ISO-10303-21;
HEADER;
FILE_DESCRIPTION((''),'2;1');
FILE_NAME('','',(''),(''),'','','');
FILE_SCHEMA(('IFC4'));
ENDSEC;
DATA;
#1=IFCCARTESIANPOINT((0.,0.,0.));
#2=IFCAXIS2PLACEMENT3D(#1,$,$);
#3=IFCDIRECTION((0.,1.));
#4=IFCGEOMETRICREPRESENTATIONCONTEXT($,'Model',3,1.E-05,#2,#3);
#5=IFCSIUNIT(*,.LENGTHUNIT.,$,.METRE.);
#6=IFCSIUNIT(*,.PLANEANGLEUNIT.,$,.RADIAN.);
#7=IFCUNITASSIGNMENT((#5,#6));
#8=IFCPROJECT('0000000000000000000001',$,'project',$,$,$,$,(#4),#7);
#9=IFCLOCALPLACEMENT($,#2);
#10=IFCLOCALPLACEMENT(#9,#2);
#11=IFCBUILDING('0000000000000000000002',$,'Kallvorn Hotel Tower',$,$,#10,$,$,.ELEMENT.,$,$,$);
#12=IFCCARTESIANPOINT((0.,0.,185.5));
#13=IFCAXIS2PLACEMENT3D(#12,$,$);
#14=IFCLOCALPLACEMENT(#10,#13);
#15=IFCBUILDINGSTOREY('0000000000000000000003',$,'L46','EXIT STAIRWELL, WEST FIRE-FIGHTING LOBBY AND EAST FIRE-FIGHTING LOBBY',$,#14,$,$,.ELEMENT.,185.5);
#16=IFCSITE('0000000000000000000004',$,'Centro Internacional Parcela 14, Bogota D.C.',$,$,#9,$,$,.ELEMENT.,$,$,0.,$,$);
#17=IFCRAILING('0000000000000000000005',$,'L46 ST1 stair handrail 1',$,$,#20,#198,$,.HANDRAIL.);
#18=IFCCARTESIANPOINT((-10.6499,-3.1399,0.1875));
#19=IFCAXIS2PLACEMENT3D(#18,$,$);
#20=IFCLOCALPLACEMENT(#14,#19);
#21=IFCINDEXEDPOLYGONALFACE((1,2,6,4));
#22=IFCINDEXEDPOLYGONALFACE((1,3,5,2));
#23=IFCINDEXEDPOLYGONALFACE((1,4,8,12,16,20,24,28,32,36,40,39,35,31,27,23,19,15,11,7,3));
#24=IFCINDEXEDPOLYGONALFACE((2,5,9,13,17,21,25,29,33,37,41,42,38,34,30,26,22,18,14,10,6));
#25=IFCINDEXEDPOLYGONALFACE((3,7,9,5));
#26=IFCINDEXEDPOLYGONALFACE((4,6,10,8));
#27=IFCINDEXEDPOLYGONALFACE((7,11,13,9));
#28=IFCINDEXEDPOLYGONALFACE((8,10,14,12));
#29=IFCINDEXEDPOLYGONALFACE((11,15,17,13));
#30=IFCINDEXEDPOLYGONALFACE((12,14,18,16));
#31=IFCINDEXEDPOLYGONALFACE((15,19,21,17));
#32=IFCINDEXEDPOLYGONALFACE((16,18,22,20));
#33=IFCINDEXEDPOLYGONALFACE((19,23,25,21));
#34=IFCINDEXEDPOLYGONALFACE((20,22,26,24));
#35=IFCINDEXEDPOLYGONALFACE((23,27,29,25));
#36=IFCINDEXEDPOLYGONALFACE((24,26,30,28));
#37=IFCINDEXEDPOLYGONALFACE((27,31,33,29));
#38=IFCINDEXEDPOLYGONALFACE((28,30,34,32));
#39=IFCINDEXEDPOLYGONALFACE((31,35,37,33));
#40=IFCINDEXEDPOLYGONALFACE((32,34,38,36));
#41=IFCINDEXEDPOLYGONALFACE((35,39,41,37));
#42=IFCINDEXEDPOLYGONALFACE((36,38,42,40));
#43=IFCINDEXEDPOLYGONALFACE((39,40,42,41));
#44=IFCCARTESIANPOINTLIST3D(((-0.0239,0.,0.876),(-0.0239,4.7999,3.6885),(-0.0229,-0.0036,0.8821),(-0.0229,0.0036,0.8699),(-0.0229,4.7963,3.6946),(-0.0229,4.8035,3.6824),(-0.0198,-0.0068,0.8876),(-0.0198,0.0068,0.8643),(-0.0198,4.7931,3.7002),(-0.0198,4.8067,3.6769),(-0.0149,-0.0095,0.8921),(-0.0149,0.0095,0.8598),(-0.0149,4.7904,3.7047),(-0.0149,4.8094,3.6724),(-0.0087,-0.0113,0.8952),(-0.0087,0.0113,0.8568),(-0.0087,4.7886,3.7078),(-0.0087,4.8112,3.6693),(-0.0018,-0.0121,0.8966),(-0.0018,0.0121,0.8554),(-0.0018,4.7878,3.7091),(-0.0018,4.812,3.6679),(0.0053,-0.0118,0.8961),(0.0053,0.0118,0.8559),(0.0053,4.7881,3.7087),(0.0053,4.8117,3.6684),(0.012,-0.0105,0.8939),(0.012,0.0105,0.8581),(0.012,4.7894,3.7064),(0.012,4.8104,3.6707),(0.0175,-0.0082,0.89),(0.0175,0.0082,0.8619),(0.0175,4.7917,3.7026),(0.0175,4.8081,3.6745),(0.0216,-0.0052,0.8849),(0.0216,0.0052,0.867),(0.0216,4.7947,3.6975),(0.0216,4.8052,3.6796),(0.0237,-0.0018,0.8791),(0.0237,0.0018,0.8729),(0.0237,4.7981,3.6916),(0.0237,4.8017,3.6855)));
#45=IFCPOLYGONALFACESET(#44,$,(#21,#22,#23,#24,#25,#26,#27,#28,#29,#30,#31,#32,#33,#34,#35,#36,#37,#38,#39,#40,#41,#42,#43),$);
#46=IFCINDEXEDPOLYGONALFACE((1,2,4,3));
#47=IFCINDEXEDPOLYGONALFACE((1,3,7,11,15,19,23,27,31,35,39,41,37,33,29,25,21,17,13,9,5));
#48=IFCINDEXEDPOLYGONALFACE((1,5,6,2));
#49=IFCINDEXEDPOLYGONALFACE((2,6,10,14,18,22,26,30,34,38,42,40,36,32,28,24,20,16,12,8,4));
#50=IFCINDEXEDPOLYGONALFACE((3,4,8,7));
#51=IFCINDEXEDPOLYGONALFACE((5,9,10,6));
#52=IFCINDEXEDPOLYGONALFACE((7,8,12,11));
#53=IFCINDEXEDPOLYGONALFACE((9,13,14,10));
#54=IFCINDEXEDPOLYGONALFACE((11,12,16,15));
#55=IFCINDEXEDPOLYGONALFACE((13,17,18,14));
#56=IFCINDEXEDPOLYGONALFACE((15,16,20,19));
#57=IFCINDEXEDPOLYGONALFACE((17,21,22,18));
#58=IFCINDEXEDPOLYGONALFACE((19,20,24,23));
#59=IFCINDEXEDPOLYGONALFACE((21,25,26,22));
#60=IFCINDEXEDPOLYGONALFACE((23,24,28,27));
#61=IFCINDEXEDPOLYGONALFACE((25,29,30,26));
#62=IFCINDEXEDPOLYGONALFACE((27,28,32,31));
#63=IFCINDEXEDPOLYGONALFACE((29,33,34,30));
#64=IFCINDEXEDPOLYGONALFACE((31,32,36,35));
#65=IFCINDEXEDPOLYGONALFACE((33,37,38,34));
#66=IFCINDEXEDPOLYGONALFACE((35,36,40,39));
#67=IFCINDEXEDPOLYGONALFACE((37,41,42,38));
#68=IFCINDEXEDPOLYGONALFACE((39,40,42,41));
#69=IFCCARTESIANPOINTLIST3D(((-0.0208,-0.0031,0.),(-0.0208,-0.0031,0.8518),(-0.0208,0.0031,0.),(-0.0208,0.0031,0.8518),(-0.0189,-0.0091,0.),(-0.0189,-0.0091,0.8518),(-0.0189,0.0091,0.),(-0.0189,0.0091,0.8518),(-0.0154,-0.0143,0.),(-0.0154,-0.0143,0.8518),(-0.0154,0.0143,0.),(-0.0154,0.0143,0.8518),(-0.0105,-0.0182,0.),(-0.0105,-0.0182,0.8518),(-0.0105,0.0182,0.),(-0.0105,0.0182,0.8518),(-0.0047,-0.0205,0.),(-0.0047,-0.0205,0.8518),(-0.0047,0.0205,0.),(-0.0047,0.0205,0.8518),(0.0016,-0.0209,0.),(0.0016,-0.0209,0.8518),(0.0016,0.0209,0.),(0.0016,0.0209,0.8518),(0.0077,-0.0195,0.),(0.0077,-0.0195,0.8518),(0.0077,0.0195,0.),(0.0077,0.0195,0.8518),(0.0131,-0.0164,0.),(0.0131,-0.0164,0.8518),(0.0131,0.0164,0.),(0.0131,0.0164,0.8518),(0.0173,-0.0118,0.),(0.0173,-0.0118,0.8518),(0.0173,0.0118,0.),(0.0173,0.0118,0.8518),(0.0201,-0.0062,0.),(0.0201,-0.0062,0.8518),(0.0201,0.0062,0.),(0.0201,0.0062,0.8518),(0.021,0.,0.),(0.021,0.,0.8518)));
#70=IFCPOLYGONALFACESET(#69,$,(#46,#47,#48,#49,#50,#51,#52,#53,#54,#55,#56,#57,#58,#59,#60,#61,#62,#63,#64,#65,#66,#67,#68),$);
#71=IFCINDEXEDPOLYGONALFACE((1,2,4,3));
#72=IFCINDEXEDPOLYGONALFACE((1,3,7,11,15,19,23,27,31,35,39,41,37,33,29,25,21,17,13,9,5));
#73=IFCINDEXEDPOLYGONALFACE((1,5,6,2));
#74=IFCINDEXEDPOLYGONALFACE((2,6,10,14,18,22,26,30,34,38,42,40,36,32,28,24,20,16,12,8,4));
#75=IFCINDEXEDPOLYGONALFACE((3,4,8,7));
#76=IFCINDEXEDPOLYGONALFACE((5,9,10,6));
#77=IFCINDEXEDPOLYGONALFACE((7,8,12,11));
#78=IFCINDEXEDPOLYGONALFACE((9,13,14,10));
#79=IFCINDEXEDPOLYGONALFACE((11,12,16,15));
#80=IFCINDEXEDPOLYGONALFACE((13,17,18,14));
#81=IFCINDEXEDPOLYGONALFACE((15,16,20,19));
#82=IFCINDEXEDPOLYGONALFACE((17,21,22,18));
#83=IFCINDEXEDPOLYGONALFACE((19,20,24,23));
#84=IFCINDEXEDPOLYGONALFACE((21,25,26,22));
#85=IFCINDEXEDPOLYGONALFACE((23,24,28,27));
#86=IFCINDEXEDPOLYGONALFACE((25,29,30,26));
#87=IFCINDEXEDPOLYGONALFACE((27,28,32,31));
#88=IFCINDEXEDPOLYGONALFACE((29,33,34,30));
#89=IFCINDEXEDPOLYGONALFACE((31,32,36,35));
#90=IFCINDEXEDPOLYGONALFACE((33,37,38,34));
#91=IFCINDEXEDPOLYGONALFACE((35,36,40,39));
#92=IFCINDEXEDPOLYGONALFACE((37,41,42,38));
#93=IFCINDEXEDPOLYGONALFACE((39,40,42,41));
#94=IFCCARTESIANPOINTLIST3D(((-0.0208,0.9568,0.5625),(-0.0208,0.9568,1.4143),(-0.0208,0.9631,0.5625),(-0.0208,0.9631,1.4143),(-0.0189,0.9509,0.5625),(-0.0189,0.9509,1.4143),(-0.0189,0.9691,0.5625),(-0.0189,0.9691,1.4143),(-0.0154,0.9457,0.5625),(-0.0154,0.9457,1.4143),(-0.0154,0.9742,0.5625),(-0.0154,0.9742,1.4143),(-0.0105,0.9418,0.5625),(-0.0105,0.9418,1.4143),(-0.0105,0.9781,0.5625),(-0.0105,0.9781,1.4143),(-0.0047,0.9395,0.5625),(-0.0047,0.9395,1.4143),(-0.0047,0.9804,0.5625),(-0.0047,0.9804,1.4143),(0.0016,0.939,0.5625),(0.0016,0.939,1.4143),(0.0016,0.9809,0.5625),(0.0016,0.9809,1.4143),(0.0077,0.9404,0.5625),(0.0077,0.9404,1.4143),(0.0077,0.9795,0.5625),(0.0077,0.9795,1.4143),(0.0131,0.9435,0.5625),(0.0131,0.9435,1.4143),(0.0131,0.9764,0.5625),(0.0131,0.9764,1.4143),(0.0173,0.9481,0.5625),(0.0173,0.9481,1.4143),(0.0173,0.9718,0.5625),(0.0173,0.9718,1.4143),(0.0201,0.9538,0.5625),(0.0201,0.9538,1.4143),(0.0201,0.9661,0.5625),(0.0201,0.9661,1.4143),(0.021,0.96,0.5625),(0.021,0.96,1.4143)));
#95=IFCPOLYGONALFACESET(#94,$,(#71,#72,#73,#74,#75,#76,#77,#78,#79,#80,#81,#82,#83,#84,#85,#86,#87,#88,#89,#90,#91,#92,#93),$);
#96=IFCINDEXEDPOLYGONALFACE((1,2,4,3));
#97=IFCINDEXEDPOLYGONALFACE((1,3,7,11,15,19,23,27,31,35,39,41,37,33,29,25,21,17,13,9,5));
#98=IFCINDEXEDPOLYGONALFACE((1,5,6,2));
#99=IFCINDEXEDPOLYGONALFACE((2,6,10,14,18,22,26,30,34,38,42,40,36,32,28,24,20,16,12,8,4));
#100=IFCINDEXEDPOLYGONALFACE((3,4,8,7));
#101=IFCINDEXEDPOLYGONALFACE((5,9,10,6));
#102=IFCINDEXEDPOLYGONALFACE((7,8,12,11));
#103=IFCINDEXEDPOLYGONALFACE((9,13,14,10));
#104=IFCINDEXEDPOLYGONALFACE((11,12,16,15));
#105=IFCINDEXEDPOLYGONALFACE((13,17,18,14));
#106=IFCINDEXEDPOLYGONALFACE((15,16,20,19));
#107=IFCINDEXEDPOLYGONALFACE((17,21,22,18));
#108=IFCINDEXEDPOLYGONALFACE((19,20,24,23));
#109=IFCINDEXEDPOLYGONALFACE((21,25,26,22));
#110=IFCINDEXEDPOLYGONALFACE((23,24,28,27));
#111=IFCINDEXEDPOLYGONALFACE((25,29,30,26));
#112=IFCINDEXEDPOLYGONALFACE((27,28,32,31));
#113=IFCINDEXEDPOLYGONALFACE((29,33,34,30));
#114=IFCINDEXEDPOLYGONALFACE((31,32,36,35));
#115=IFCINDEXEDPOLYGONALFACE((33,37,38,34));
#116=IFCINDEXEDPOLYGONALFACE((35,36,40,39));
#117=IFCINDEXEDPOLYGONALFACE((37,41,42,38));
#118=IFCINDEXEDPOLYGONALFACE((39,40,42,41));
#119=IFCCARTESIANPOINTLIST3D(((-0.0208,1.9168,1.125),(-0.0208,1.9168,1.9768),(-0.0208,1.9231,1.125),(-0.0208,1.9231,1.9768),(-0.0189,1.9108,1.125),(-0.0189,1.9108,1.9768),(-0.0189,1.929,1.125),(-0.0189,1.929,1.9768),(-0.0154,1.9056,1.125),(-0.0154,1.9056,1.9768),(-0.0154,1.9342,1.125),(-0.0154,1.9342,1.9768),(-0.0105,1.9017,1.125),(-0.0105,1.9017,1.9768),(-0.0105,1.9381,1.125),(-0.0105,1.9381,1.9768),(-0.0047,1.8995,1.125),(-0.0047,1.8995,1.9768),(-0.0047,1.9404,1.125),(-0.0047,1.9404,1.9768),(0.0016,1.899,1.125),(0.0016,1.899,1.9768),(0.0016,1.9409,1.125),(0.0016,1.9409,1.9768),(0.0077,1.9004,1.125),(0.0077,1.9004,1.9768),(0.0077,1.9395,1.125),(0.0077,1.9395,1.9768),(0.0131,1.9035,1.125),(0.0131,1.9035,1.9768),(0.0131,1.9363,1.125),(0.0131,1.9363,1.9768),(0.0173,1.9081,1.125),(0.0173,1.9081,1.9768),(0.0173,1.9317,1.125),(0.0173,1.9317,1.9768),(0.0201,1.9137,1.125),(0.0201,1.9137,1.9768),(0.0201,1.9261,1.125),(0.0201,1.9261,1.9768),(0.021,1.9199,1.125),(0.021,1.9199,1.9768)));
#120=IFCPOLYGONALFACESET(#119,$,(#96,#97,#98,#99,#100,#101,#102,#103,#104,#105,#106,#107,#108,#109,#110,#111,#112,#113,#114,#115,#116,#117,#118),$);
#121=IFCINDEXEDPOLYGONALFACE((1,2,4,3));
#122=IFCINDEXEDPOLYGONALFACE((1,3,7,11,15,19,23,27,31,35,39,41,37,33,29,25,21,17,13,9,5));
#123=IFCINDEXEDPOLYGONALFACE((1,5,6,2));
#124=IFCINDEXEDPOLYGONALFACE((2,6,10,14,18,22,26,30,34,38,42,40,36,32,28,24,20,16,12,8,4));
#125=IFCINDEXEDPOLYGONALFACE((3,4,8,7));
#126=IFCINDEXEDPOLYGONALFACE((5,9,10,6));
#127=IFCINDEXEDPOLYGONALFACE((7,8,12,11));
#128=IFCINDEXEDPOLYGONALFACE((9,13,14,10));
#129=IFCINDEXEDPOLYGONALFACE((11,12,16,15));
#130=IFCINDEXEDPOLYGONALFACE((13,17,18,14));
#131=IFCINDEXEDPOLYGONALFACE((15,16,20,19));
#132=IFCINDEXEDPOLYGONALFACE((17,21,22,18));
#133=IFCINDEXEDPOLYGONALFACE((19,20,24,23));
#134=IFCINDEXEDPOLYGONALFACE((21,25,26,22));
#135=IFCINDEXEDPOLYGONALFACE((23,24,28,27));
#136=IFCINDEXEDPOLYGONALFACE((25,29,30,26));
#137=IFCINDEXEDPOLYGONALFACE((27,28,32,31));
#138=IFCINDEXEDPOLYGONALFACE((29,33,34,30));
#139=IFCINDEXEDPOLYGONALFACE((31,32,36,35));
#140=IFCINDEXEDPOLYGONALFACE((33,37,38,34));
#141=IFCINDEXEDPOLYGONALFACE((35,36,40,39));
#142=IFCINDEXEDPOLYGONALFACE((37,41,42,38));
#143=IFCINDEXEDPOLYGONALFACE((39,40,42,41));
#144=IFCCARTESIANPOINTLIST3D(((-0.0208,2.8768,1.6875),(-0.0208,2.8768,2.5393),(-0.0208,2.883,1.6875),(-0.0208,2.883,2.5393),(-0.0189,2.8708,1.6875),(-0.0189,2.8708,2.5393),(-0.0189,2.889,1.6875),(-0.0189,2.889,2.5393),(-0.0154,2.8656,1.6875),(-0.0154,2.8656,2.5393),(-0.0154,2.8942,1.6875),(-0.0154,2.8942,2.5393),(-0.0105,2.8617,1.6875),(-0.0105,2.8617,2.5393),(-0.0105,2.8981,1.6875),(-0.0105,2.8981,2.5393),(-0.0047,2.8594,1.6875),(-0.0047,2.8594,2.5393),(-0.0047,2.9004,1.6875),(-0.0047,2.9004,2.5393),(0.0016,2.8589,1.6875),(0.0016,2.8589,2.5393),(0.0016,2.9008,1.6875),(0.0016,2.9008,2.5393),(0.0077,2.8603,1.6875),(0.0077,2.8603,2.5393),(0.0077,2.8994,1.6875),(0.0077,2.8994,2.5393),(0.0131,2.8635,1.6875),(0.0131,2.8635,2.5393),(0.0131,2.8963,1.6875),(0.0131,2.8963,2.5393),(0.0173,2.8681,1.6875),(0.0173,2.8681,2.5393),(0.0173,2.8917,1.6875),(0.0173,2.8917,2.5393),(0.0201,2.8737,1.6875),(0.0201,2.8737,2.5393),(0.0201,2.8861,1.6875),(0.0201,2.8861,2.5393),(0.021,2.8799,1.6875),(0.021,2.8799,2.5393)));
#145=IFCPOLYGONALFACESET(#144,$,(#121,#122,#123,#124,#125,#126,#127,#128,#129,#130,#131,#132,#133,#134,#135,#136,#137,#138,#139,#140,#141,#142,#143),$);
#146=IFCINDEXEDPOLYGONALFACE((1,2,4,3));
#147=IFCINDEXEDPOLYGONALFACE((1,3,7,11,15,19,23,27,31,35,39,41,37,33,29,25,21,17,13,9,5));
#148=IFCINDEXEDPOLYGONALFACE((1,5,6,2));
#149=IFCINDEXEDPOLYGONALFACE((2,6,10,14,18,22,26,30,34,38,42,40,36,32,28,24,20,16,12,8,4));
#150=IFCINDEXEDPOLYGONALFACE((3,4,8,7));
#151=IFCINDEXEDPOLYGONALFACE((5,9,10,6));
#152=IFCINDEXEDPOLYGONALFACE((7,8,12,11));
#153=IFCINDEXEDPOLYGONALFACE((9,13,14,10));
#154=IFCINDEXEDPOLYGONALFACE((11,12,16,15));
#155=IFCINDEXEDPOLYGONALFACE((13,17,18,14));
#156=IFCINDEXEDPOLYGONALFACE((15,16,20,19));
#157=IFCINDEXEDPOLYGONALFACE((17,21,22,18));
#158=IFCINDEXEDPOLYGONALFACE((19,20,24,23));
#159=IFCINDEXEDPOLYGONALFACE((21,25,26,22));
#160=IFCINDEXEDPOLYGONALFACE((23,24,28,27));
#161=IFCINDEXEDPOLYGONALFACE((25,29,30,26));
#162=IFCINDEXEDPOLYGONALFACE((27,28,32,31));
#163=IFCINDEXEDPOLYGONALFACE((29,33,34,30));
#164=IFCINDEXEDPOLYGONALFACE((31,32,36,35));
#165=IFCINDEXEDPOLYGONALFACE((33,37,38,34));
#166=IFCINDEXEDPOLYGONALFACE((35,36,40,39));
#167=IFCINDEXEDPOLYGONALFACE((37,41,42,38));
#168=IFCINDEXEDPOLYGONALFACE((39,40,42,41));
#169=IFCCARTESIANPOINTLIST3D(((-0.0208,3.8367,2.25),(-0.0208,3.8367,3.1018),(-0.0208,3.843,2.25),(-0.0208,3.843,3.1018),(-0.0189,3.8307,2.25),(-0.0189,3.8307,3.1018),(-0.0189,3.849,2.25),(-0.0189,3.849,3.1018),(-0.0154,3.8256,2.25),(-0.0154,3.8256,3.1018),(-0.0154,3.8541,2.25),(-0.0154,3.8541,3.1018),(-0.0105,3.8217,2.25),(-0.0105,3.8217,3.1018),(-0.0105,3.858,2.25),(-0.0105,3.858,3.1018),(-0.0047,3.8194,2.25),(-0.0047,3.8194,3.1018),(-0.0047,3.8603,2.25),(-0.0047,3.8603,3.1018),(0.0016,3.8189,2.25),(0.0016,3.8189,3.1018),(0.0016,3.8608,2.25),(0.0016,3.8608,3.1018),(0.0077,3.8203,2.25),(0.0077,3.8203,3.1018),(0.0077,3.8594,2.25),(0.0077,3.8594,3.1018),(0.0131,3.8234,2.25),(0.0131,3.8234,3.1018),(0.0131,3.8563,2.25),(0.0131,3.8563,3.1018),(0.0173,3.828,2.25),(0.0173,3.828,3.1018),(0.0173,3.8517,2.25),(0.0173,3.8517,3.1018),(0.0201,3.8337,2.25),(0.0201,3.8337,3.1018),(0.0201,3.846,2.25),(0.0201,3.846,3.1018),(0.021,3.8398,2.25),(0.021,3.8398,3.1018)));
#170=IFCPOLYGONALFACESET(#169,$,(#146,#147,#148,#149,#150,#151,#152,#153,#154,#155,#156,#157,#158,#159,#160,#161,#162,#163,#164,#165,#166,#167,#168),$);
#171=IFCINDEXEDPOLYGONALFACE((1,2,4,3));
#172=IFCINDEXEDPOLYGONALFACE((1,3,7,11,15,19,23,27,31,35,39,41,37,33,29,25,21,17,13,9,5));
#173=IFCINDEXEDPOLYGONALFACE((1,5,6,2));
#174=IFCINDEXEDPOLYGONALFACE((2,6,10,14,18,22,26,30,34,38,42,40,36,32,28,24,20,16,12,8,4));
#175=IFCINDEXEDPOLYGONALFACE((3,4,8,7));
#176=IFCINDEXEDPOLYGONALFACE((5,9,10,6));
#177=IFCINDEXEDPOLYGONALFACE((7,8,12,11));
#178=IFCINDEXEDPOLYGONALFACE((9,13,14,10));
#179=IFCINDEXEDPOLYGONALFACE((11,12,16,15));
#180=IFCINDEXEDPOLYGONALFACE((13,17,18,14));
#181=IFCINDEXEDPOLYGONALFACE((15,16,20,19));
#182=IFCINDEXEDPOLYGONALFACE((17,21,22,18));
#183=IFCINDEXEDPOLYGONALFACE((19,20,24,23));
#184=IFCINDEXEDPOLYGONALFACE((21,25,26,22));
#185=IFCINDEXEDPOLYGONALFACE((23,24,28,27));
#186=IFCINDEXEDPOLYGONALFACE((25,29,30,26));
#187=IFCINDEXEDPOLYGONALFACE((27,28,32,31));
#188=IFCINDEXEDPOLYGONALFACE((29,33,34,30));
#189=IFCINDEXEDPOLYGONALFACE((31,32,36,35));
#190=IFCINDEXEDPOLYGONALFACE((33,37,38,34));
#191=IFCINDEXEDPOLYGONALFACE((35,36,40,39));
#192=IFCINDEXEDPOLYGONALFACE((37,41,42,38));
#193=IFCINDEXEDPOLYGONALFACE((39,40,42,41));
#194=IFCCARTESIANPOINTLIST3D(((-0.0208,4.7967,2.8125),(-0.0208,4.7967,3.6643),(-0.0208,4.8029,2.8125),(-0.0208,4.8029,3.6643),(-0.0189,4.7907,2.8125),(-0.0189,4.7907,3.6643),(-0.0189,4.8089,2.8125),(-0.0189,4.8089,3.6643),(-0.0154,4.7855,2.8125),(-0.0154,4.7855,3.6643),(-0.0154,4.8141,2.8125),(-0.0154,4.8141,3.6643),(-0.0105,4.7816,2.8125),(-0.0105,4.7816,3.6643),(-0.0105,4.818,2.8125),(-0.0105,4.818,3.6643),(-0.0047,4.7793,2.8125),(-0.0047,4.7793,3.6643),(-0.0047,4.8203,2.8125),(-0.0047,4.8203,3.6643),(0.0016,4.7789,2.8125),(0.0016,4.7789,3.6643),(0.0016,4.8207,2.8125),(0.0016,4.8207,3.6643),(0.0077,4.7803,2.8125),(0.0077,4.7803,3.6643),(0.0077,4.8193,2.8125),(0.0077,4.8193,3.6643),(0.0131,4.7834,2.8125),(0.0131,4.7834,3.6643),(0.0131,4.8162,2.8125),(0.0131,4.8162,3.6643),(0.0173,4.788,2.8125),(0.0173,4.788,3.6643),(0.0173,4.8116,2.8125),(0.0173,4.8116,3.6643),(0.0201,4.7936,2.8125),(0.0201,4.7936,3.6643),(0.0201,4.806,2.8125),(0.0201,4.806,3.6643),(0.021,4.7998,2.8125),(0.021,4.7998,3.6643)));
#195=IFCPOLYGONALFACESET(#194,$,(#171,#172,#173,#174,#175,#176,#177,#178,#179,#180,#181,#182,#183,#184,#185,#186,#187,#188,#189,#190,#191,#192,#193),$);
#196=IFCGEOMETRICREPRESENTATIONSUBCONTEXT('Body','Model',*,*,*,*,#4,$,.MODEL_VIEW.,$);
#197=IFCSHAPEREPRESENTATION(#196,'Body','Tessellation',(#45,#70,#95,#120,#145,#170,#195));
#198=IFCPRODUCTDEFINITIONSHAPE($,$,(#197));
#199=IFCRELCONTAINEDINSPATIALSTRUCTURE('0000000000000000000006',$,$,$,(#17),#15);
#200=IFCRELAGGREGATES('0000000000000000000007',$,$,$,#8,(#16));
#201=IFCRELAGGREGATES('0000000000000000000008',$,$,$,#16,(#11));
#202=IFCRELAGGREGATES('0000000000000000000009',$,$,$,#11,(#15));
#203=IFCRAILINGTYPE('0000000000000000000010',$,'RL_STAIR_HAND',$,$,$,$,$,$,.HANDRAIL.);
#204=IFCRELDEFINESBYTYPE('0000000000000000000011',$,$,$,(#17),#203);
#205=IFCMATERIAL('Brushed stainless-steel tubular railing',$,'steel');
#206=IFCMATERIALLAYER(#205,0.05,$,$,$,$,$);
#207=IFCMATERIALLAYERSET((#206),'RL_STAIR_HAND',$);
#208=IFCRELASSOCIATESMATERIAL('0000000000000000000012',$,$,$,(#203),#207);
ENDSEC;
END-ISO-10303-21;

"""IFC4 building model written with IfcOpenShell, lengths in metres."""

from ifc_helpers import new_model, si_unit, direction, frame, origin, origin_2d, place, context, subcontext, project, spatial, circle, extrude, material, layer, layer_set, type_object, element, save


model = new_model("IFC4")

# Units and contexts
model_context = context("Model", 3, precision=1e-05, world=origin(), true_north=direction((0.0, 1.0)))
body_context = subcontext(model_context, "Body", "Model", "MODEL_VIEW")
ifc_project = project(units=[si_unit("LENGTHUNIT", "METRE"), si_unit("PLANEANGLEUNIT", "RADIAN")], contexts=[model_context])

# Site, building, storey
site_placement = place(None, origin())
site = spatial("IfcSite", under=ifc_project, at=site_placement, Name="Centro Internacional Parcela 14, Bogota D.C.", CompositionType="ELEMENT", RefElevation=0.0)
building_placement = place(site_placement, origin())
building = spatial("IfcBuilding", under=site, at=building_placement, Name="Kallvorn Hotel Tower", CompositionType="ELEMENT")
storey_placement = place(building_placement, frame((0.0, 0.0, 185.5)))
storey = spatial("IfcBuildingStorey", under=building, at=storey_placement, Name="L46", Description="EXIT STAIRWELL, WEST FIRE-FIGHTING LOBBY AND EAST FIRE-FIGHTING LOBBY", CompositionType="ELEMENT", Elevation=185.5)

# Railing
ifc_material_1 = material(Name="Brushed stainless-steel tubular railing", Category="steel")
ifc_layer_1 = layer(ifc_material_1, 0.05)
ifc_layer_set_1 = layer_set([ifc_layer_1], Name="RL_STAIR_HAND")
railing_type_1 = type_object("IfcRailingType", Name="RL_STAIR_HAND", PredefinedType="HANDRAIL", material=ifc_layer_set_1)
railing_1_placement = place(storey_placement, frame((-10.6499, -3.1399, 0.1875)))
element("IfcRailing", 1, at=railing_1_placement, inside=storey, type_object=railing_type_1, Name="L46 ST1 stair handrail 1", PredefinedType="HANDRAIL", context=body_context, shape_type="SweptSolid", body=[
    extrude(circle(Radius=0.0239, at=origin_2d()), frame((0.0, 0.0, 0.876), z_axis=(0.0, 0.86279, 0.505562), x_axis=(-1.0, 0.0, 0.0)), (0.0, 0.0, 1.0), 5.5632),
    extrude(circle(Radius=0.021, at=origin_2d()), origin(), (0.0, 0.0, 1.0), 0.8518),
    extrude(circle(Radius=0.021, at=origin_2d()), frame((0.0, 0.96, 0.5625)), (0.0, 0.0, 1.0), 0.8518),
    extrude(circle(Radius=0.021, at=origin_2d()), frame((0.0, 1.9199, 1.125)), (0.0, 0.0, 1.0), 0.8518),
    extrude(circle(Radius=0.021, at=origin_2d()), frame((0.0, 2.8799, 1.6875)), (0.0, 0.0, 1.0), 0.8518),
    extrude(circle(Radius=0.021, at=origin_2d()), frame((0.0, 3.8398, 2.25)), (0.0, 0.0, 1.0), 0.8518),
    extrude(circle(Radius=0.021, at=origin_2d()), frame((0.0, 4.7998, 2.8125)), (0.0, 0.0, 1.0), 0.8518),
])

save(model, "model.ifc")
